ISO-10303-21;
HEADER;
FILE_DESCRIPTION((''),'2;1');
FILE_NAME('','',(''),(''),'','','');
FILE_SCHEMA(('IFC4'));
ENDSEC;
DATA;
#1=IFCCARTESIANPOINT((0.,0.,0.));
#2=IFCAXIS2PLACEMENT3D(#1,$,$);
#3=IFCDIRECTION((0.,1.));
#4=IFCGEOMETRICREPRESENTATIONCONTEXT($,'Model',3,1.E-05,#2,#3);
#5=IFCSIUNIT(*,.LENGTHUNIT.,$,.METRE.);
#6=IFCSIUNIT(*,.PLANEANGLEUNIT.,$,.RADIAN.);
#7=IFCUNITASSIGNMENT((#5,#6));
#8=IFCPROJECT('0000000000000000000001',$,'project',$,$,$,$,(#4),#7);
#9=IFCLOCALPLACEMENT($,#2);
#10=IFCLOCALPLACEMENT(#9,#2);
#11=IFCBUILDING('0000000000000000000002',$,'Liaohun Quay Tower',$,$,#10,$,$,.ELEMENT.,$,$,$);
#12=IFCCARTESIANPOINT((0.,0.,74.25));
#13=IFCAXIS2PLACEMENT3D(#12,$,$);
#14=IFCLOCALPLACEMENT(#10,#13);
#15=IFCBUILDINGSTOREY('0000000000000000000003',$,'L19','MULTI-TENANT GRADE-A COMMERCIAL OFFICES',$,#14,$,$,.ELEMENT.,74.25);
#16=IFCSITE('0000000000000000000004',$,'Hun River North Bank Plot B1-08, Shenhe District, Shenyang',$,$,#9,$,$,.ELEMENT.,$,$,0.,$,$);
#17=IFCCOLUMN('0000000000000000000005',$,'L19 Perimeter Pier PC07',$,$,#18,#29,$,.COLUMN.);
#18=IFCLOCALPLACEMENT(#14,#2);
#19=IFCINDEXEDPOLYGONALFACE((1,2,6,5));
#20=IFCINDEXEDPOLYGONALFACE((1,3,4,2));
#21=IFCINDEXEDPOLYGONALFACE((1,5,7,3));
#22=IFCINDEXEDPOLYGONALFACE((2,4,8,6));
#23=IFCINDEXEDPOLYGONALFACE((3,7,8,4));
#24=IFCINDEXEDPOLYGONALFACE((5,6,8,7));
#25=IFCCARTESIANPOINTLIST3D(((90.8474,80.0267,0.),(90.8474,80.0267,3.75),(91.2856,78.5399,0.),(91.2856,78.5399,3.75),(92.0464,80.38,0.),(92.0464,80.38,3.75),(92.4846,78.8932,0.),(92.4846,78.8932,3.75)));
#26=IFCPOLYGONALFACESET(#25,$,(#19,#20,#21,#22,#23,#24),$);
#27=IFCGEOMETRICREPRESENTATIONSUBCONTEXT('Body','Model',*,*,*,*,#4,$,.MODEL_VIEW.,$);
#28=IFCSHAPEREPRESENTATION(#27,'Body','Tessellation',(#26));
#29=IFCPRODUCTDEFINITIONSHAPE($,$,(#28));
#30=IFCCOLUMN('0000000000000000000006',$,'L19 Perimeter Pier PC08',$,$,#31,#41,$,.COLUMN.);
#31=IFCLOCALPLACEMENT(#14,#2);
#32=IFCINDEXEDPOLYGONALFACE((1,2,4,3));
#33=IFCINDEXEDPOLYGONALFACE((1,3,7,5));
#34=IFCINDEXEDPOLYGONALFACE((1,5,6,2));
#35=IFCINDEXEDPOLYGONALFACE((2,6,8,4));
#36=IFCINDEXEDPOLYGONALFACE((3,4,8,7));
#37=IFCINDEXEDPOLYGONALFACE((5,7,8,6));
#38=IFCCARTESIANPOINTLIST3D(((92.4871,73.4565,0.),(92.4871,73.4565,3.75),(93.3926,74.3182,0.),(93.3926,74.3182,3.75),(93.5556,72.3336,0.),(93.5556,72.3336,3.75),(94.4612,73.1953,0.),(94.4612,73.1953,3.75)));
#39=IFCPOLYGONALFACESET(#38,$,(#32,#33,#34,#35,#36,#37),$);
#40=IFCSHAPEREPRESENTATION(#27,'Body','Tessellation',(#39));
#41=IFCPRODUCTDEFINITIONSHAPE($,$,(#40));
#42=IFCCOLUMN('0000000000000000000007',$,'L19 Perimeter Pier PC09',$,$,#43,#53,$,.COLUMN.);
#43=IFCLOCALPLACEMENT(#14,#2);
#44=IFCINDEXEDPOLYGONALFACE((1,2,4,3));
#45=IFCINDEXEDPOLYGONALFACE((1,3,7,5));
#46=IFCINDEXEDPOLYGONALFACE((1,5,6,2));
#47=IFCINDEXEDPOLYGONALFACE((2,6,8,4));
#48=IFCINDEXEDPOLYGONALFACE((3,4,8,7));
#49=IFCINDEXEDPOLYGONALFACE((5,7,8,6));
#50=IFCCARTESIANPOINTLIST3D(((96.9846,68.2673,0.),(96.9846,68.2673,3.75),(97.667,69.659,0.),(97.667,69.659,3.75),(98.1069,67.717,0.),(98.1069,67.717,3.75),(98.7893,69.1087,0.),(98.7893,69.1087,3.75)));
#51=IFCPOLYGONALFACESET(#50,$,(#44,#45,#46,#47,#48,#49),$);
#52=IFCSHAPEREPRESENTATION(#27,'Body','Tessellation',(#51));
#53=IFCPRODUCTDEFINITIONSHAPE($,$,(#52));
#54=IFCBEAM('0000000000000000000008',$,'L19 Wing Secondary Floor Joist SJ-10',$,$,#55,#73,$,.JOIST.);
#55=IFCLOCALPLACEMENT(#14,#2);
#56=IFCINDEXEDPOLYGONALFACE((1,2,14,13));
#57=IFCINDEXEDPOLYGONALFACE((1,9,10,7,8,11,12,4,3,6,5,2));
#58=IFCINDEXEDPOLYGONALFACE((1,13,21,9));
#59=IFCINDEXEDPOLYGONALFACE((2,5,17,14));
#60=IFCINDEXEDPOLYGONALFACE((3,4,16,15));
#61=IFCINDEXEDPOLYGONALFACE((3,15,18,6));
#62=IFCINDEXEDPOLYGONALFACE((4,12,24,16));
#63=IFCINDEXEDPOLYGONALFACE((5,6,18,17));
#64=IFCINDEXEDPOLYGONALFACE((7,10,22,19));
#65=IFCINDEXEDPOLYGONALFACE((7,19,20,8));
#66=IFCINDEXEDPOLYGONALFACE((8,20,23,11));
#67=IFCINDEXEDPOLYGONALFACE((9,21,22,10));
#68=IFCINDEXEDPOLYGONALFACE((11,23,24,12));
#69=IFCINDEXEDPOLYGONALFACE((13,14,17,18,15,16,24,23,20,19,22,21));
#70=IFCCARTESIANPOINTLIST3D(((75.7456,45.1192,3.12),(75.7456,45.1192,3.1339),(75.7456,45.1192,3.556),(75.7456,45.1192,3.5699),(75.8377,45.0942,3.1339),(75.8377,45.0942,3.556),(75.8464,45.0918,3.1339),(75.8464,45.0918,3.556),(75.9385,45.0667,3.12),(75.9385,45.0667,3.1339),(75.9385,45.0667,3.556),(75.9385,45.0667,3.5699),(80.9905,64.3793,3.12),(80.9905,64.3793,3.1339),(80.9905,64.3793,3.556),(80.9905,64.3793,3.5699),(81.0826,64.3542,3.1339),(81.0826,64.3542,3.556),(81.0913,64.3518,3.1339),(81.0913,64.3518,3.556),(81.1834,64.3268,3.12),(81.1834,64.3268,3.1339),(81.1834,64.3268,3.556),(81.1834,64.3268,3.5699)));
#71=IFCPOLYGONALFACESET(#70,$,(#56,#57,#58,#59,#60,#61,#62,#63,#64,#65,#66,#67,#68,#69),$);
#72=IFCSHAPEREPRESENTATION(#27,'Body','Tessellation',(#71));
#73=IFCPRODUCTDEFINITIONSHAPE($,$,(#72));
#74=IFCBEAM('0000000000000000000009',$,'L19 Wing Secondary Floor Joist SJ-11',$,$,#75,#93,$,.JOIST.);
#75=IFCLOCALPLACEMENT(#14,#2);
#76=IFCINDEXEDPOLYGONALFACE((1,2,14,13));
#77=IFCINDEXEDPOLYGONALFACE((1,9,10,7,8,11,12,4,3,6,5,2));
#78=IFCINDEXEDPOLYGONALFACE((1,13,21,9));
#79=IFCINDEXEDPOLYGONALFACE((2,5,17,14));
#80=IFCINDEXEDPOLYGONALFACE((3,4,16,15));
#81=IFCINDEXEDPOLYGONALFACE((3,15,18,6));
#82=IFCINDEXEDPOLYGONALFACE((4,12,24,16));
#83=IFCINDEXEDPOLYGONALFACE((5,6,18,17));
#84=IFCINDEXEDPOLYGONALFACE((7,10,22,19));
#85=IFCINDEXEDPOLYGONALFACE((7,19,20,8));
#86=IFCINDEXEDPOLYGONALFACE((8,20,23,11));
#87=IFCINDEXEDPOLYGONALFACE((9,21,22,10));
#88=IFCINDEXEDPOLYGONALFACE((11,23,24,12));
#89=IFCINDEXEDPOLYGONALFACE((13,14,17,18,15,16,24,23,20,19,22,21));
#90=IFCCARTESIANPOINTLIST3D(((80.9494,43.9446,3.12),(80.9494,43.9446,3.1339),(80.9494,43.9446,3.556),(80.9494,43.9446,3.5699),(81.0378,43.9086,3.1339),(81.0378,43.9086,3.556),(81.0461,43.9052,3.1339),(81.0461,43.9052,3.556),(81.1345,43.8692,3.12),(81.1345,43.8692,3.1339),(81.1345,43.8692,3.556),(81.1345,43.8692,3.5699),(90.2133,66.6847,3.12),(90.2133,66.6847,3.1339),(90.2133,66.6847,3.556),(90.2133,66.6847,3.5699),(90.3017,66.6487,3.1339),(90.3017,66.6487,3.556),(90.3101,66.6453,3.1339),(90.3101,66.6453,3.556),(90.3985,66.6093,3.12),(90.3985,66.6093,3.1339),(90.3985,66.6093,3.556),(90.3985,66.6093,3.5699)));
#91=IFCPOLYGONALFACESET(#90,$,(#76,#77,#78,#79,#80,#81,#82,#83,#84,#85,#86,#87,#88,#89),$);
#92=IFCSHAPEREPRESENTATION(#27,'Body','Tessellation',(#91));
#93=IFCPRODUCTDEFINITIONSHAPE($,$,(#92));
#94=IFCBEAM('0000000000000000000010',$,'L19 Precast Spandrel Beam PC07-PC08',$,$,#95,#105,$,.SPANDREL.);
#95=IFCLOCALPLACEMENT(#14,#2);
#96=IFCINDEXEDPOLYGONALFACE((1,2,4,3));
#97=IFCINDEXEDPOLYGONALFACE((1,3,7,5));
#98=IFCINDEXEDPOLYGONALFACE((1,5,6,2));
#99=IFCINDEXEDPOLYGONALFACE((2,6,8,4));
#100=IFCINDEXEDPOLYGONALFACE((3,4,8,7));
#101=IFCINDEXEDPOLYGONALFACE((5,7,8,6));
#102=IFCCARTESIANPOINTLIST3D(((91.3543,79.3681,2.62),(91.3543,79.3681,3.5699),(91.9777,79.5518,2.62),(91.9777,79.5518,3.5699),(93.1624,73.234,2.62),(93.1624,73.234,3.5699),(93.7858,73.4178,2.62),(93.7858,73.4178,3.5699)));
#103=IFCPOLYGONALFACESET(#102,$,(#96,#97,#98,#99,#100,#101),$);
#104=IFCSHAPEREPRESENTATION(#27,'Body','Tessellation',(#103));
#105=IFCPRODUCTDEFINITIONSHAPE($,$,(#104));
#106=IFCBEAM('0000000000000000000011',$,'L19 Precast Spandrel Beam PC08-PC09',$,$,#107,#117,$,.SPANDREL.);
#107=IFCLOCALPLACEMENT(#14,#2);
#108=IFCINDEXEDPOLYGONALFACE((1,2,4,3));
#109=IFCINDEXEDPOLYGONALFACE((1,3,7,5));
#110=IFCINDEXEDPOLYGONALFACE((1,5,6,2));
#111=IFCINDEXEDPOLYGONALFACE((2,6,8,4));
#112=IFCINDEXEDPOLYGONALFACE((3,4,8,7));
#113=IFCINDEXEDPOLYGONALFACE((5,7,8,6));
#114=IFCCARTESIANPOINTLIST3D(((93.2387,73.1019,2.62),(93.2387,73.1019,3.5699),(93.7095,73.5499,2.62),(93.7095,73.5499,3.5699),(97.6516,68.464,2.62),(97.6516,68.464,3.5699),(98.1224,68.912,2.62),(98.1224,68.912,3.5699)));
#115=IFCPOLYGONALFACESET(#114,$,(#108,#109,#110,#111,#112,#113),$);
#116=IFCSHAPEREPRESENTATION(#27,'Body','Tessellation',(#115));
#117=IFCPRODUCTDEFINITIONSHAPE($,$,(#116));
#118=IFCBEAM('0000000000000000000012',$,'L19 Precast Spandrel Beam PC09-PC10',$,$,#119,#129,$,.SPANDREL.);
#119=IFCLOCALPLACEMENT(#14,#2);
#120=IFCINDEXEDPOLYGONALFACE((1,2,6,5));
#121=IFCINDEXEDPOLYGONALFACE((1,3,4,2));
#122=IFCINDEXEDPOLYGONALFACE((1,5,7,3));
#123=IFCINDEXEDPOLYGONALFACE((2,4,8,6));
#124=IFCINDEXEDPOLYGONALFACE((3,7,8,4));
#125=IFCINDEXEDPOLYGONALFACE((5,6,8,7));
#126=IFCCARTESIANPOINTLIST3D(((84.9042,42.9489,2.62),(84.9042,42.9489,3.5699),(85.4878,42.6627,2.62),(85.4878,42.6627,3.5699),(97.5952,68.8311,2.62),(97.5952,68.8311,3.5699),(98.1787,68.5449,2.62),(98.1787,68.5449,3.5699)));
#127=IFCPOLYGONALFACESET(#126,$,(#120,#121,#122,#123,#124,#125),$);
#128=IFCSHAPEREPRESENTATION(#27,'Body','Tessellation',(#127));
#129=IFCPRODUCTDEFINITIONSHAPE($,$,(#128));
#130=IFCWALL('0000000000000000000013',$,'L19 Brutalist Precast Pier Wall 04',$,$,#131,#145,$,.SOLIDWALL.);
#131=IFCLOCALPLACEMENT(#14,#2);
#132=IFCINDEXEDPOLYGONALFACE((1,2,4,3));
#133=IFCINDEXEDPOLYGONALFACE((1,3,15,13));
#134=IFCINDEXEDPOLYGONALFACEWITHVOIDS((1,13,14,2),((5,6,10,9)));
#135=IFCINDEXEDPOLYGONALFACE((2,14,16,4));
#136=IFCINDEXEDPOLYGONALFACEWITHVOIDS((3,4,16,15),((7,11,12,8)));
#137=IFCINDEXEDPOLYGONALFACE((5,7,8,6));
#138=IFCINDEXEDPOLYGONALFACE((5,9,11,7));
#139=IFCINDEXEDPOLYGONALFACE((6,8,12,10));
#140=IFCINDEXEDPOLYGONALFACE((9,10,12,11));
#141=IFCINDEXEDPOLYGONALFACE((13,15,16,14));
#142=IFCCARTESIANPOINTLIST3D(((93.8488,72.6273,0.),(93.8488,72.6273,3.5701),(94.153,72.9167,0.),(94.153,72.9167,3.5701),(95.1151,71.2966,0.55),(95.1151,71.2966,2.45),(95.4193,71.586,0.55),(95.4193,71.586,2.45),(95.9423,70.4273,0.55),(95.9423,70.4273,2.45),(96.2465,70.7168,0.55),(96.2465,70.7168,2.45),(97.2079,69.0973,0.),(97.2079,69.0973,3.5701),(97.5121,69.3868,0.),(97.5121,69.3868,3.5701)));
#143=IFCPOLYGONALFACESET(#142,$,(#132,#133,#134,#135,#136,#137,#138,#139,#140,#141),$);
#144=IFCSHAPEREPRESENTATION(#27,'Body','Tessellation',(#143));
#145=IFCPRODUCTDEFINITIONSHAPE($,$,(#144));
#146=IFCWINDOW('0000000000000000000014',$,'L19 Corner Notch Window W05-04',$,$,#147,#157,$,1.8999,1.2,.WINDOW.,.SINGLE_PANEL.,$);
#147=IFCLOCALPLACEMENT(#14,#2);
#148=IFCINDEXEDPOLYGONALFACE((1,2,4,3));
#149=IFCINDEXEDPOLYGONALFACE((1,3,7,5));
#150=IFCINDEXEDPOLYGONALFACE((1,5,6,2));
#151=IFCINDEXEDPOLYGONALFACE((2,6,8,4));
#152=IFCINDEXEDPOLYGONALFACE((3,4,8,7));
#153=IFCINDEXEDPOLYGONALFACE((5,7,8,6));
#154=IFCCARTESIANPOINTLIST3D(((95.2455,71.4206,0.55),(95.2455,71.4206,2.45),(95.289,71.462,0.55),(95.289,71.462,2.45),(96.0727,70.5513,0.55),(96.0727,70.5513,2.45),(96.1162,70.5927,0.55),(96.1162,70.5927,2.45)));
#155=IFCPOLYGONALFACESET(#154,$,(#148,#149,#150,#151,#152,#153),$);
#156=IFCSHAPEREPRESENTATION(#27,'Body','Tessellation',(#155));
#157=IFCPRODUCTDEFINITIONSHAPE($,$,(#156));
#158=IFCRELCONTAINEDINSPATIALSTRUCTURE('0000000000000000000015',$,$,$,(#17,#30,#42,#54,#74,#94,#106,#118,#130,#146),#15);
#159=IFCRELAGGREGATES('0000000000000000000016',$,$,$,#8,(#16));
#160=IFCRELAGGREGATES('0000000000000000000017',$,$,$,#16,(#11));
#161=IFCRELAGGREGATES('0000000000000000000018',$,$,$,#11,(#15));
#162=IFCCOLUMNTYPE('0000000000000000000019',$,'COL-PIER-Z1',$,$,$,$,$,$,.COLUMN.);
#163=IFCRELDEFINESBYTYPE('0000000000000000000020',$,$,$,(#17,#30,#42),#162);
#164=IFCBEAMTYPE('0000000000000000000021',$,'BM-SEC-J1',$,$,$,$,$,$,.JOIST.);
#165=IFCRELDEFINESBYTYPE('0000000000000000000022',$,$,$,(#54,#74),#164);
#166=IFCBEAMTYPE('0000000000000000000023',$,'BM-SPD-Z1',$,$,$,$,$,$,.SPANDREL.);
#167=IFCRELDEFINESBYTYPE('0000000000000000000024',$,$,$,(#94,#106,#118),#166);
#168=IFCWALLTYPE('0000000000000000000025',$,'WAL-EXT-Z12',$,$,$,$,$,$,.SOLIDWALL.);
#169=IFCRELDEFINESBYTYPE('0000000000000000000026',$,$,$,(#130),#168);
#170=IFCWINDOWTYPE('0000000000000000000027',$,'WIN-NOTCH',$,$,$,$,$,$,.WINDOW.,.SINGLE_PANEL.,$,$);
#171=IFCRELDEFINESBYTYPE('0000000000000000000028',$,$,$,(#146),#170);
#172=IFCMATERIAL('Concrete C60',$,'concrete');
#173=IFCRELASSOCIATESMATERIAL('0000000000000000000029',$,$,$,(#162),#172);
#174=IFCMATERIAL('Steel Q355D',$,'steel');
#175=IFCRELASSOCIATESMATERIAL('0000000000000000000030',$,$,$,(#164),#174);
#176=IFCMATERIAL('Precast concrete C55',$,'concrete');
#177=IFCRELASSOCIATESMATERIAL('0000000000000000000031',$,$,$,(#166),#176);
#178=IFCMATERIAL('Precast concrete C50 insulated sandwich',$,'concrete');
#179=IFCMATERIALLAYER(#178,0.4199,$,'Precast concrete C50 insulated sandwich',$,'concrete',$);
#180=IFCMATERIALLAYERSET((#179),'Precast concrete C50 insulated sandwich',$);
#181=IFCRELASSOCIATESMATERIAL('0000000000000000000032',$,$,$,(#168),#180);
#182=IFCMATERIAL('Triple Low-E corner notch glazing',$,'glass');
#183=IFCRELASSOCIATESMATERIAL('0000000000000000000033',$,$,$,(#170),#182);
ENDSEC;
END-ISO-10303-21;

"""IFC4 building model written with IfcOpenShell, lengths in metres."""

from ifc_helpers import new_model, si_unit, direction, frame, frame_2d, origin, origin_2d, place, context, subcontext, project, spatial, rectangle, i_section, extrude, source, transform, mapped, material, layer, layer_set, material_profile, profile_set, type_object, element, fill, save


model = new_model("IFC4")

# Units and contexts
model_context = context("Model", 3, precision=1e-05, world=origin(), true_north=direction((0.0, 1.0)))
body_context = subcontext(model_context, "Body", "Model", "MODEL_VIEW")
ifc_project = project(units=[si_unit("LENGTHUNIT", "METRE"), si_unit("PLANEANGLEUNIT", "RADIAN")], contexts=[model_context])

# Site, building, storey
site_placement = place(None, origin())
site = spatial("IfcSite", under=ifc_project, at=site_placement, Name="Hun River North Bank Plot B1-08, Shenhe District, Shenyang", CompositionType="ELEMENT", RefElevation=0.0)
building_placement = place(site_placement, origin())
building = spatial("IfcBuilding", under=site, at=building_placement, Name="Liaohun Quay Tower", CompositionType="ELEMENT")
storey_placement = place(building_placement, frame((0.0, 0.0, 74.25)))
storey = spatial("IfcBuildingStorey", under=building, at=storey_placement, Name="L19", Description="MULTI-TENANT GRADE-A COMMERCIAL OFFICES", CompositionType="ELEMENT", Elevation=74.25)

# Columns
ifc_material_1 = material(Name="Concrete C60", Category="concrete")
ifc_material_profile_1 = material_profile(ifc_material_1, rectangle(XDim=1.55, YDim=1.25, at=origin_2d()), Name="RC1550x1250")
ifc_profile_set_1 = profile_set([ifc_material_profile_1], Name="Concrete C60")
column_type = type_object("IfcColumnType", Name="COL-PIER-Z1", PredefinedType="COLUMN", material=ifc_profile_set_1)
shared_shape_1 = source(origin(), body_context, "Body", "SweptSolid", [
    extrude(rectangle(XDim=1.55, YDim=1.25, at=origin_2d()), origin(), (0.0, 0.0, 1.0), 3.75),
])
for number, where, z_axis, x_axis, name in (
    (1, (91.666, 79.46, 0.0), (0.0, 0.0, 1.0), (-0.282676, 0.959215, 0.0), "L19 Perimeter Pier PC07"),
    (2, (93.4741, 73.3259, 0.0), (0.0, 0.0, 1.0), (-0.689367, 0.724413, 0.0), "L19 Perimeter Pier PC08"),
    (3, (97.887, 68.688, 0.0), (0.0, 0.0, 1.0), (0.440253, 0.897874, 0.0), "L19 Perimeter Pier PC09"),
):
    element("IfcColumn", number, at=place(storey_placement, frame(where, z_axis=z_axis, x_axis=x_axis)), inside=storey, type_object=column_type, Name=name, PredefinedType="COLUMN", context=body_context, shape_type="MappedRepresentation", body=[
        mapped(shared_shape_1, transform((0.0, 0.0, 0.0), x_axis=(1.0, 0.0, 0.0), y_axis=(0.0, 1.0, 0.0), z_axis=(0.0, 0.0, 1.0), scale=1.0)),
    ])

# Beams
ifc_material_2 = material(Name="Steel Q355D", Category="steel")
ifc_material_profile_2 = material_profile(ifc_material_2, i_section(OverallWidth=0.2, OverallDepth=0.45, WebThickness=0.009, FlangeThickness=0.0139, at=origin_2d()), Name="HN450x200x9x14")
ifc_profile_set_2 = profile_set([ifc_material_profile_2], Name="Steel Q355D")
beam_type_1 = type_object("IfcBeamType", Name="BM-SEC-J1", PredefinedType="JOIST", material=ifc_profile_set_2)
shared_shape_2 = source(origin(), body_context, "Body", "SweptSolid", [
    extrude(i_section(OverallWidth=0.2, OverallDepth=0.45, WebThickness=0.009, FlangeThickness=0.0139, at=origin_2d()), origin(), (0.0, 0.0, 1.0), 19.9614),
])
beam_1_placement = place(storey_placement, frame((81.0869, 64.353, 3.345), z_axis=(-0.262751, -0.964864, 0.0), x_axis=(0.964864, -0.262751, 0.0)))
element("IfcBeam", 4, at=beam_1_placement, inside=storey, type_object=beam_type_1, Name="L19 Wing Secondary Floor Joist SJ-10", PredefinedType="JOIST", context=body_context, shape_type="MappedRepresentation", body=[
    mapped(shared_shape_2, transform((0.0, 0.0, 0.0), x_axis=(1.0, 0.0, 0.0), y_axis=(0.0, 1.0, 0.0), z_axis=(0.0, 0.0, 1.0), scale=1.0)),
])
shared_shape_3 = source(origin(), body_context, "Body", "SweptSolid", [
    extrude(i_section(OverallWidth=0.2, OverallDepth=0.45, WebThickness=0.009, FlangeThickness=0.0139, at=origin_2d()), origin(), (0.0, 0.0, 1.0), 24.5547),
])
beam_2_placement = place(storey_placement, frame((90.3059, 66.647, 3.345), z_axis=(-0.377279, -0.9261, 0.0), x_axis=(0.9261, -0.377279, 0.0)))
element("IfcBeam", 5, at=beam_2_placement, inside=storey, type_object=beam_type_1, Name="L19 Wing Secondary Floor Joist SJ-11", PredefinedType="JOIST", context=body_context, shape_type="MappedRepresentation", body=[
    mapped(shared_shape_3, transform((0.0, 0.0, 0.0), x_axis=(1.0, 0.0, 0.0), y_axis=(0.0, 1.0, 0.0), z_axis=(0.0, 0.0, 1.0), scale=1.0)),
])
ifc_material_3 = material(Name="Precast concrete C55", Category="concrete")
ifc_material_profile_3 = material_profile(ifc_material_3, rectangle(XDim=0.6499, YDim=0.95, at=origin_2d()), Name="RC650x950")
ifc_profile_set_3 = profile_set([ifc_material_profile_3], Name="Precast concrete C55")
beam_type_2 = type_object("IfcBeamType", Name="BM-SPD-Z1", PredefinedType="SPANDREL", material=ifc_profile_set_3)
shared_shape_4 = source(origin(), body_context, "Body", "SweptSolid", [
    extrude(rectangle(XDim=0.6499, YDim=0.95, at=origin_2d()), origin(), (0.0, 0.0, 1.0), 6.395),
])
beam_3_placement = place(storey_placement, frame((91.666, 79.46, 3.095), z_axis=(0.282739, -0.959197, 0.0), x_axis=(0.959197, 0.282739, 0.0)))
element("IfcBeam", 6, at=beam_3_placement, inside=storey, type_object=beam_type_2, Name="L19 Precast Spandrel Beam PC07-PC08", PredefinedType="SPANDREL", context=body_context, shape_type="MappedRepresentation", body=[
    mapped(shared_shape_4, transform((0.0, 0.0, 0.0), x_axis=(1.0, 0.0, 0.0), y_axis=(0.0, 1.0, 0.0), z_axis=(0.0, 0.0, 1.0), scale=1.0)),
])
shared_shape_5 = source(origin(), body_context, "Body", "SweptSolid", [
    extrude(rectangle(XDim=0.6499, YDim=0.95, at=origin_2d()), origin(), (0.0, 0.0, 1.0), 6.4019),
])
beam_4_placement = place(storey_placement, frame((93.4741, 73.3259, 3.095), z_axis=(0.689308, -0.724469, 0.0), x_axis=(0.724469, 0.689308, 0.0)))
element("IfcBeam", 7, at=beam_4_placement, inside=storey, type_object=beam_type_2, Name="L19 Precast Spandrel Beam PC08-PC09", PredefinedType="SPANDREL", context=body_context, shape_type="MappedRepresentation", body=[
    mapped(shared_shape_5, transform((0.0, 0.0, 0.0), x_axis=(1.0, 0.0, 0.0), y_axis=(0.0, 1.0, 0.0), z_axis=(0.0, 0.0, 1.0), scale=1.0)),
])
shared_shape_6 = source(origin(), body_context, "Body", "SweptSolid", [
    extrude(rectangle(XDim=0.6499, YDim=0.95, at=origin_2d()), origin(), (0.0, 0.0, 1.0), 28.8262),
])
beam_5_placement = place(storey_placement, frame((97.887, 68.688, 3.095), z_axis=(-0.440259, -0.897871, 0.0), x_axis=(0.897871, -0.440259, 0.0)))
element("IfcBeam", 8, at=beam_5_placement, inside=storey, type_object=beam_type_2, Name="L19 Precast Spandrel Beam PC09-PC10", PredefinedType="SPANDREL", context=body_context, shape_type="MappedRepresentation", body=[
    mapped(shared_shape_6, transform((0.0, 0.0, 0.0), x_axis=(1.0, 0.0, 0.0), y_axis=(0.0, 1.0, 0.0), z_axis=(0.0, 0.0, 1.0), scale=1.0)),
])

# Wall, opening, window
ifc_material_4 = material(Name="Precast concrete C50 insulated sandwich", Category="concrete")
ifc_layer_1 = layer(ifc_material_4, 0.4199, Name="Precast concrete C50 insulated sandwich", Category="concrete")
ifc_layer_set_1 = layer_set([ifc_layer_1], Name="Precast concrete C50 insulated sandwich")
wall_type_1 = type_object("IfcWallType", Name="WAL-EXT-Z12", PredefinedType="SOLIDWALL", material=ifc_layer_set_1)
wall_1_placement = place(storey_placement, frame((97.3601, 69.2419, 0.0), z_axis=(0.0, 0.0, 1.0), x_axis=(-0.689354, 0.724425, 0.0)))
wall_1 = element("IfcWall", 9, at=wall_1_placement, inside=storey, type_object=wall_type_1, Name="L19 Brutalist Precast Pier Wall 04", PredefinedType="SOLIDWALL", context=body_context, shape_type="SweptSolid", body=[
    extrude(rectangle(XDim=4.8728, YDim=0.4199, at=frame_2d((2.4365, 0.0))), origin(), (0.0, 0.0, 1.0), 3.5701),
])
shared_shape_7 = source(origin(), body_context, "Body", "SweptSolid", [
    extrude(rectangle(XDim=1.2, YDim=1.8999, at=frame_2d((0.6001, 0.95))), frame((0.0, 0.22, 0.0), z_axis=(0.0, -1.0, 0.0), x_axis=(1.0, 0.0, 0.0)), (0.0, 0.0, 1.0), 0.4399),
])
opening_1_placement = place(wall_1_placement, frame((1.8359, 0.0, 0.55)))
opening_1 = element("IfcOpeningElement", 10, at=opening_1_placement, cuts=wall_1, PredefinedType="OPENING", context=body_context, shape_type="MappedRepresentation", body=[
    mapped(shared_shape_7, transform((0.0, 0.0, 0.0), x_axis=(1.0, 0.0, 0.0), y_axis=(0.0, 1.0, 0.0), z_axis=(0.0, 0.0, 1.0), scale=1.0)),
])
ifc_material_5 = material(Name="Triple Low-E corner notch glazing", Category="glass")
window_type_1 = type_object("IfcWindowType", Name="WIN-NOTCH", PartitioningType="SINGLE_PANEL", PredefinedType="WINDOW", material=ifc_material_5)
shared_shape_8 = source(origin(), body_context, "Body", "SweptSolid", [
    extrude(rectangle(XDim=1.2, YDim=1.8999, at=frame_2d((0.6001, 0.95))), frame((0.0, 0.03, 0.0), z_axis=(0.0, -1.0, 0.0), x_axis=(1.0, 0.0, 0.0)), (0.0, 0.0, 1.0), 0.0601),
])
window_1_placement = place(opening_1_placement, origin())
window_1 = element("IfcWindow", 11, at=window_1_placement, inside=storey, type_object=window_type_1, Name="L19 Corner Notch Window W05-04", OverallHeight=1.8999, OverallWidth=1.2, PartitioningType="SINGLE_PANEL", PredefinedType="WINDOW", context=body_context, shape_type="MappedRepresentation", body=[
    mapped(shared_shape_8, transform((0.0, 0.0, 0.0), x_axis=(1.0, 0.0, 0.0), y_axis=(0.0, 1.0, 0.0), z_axis=(0.0, 0.0, 1.0), scale=1.0)),
])
fill(opening_1, window_1)

save(model, "model.ifc")
